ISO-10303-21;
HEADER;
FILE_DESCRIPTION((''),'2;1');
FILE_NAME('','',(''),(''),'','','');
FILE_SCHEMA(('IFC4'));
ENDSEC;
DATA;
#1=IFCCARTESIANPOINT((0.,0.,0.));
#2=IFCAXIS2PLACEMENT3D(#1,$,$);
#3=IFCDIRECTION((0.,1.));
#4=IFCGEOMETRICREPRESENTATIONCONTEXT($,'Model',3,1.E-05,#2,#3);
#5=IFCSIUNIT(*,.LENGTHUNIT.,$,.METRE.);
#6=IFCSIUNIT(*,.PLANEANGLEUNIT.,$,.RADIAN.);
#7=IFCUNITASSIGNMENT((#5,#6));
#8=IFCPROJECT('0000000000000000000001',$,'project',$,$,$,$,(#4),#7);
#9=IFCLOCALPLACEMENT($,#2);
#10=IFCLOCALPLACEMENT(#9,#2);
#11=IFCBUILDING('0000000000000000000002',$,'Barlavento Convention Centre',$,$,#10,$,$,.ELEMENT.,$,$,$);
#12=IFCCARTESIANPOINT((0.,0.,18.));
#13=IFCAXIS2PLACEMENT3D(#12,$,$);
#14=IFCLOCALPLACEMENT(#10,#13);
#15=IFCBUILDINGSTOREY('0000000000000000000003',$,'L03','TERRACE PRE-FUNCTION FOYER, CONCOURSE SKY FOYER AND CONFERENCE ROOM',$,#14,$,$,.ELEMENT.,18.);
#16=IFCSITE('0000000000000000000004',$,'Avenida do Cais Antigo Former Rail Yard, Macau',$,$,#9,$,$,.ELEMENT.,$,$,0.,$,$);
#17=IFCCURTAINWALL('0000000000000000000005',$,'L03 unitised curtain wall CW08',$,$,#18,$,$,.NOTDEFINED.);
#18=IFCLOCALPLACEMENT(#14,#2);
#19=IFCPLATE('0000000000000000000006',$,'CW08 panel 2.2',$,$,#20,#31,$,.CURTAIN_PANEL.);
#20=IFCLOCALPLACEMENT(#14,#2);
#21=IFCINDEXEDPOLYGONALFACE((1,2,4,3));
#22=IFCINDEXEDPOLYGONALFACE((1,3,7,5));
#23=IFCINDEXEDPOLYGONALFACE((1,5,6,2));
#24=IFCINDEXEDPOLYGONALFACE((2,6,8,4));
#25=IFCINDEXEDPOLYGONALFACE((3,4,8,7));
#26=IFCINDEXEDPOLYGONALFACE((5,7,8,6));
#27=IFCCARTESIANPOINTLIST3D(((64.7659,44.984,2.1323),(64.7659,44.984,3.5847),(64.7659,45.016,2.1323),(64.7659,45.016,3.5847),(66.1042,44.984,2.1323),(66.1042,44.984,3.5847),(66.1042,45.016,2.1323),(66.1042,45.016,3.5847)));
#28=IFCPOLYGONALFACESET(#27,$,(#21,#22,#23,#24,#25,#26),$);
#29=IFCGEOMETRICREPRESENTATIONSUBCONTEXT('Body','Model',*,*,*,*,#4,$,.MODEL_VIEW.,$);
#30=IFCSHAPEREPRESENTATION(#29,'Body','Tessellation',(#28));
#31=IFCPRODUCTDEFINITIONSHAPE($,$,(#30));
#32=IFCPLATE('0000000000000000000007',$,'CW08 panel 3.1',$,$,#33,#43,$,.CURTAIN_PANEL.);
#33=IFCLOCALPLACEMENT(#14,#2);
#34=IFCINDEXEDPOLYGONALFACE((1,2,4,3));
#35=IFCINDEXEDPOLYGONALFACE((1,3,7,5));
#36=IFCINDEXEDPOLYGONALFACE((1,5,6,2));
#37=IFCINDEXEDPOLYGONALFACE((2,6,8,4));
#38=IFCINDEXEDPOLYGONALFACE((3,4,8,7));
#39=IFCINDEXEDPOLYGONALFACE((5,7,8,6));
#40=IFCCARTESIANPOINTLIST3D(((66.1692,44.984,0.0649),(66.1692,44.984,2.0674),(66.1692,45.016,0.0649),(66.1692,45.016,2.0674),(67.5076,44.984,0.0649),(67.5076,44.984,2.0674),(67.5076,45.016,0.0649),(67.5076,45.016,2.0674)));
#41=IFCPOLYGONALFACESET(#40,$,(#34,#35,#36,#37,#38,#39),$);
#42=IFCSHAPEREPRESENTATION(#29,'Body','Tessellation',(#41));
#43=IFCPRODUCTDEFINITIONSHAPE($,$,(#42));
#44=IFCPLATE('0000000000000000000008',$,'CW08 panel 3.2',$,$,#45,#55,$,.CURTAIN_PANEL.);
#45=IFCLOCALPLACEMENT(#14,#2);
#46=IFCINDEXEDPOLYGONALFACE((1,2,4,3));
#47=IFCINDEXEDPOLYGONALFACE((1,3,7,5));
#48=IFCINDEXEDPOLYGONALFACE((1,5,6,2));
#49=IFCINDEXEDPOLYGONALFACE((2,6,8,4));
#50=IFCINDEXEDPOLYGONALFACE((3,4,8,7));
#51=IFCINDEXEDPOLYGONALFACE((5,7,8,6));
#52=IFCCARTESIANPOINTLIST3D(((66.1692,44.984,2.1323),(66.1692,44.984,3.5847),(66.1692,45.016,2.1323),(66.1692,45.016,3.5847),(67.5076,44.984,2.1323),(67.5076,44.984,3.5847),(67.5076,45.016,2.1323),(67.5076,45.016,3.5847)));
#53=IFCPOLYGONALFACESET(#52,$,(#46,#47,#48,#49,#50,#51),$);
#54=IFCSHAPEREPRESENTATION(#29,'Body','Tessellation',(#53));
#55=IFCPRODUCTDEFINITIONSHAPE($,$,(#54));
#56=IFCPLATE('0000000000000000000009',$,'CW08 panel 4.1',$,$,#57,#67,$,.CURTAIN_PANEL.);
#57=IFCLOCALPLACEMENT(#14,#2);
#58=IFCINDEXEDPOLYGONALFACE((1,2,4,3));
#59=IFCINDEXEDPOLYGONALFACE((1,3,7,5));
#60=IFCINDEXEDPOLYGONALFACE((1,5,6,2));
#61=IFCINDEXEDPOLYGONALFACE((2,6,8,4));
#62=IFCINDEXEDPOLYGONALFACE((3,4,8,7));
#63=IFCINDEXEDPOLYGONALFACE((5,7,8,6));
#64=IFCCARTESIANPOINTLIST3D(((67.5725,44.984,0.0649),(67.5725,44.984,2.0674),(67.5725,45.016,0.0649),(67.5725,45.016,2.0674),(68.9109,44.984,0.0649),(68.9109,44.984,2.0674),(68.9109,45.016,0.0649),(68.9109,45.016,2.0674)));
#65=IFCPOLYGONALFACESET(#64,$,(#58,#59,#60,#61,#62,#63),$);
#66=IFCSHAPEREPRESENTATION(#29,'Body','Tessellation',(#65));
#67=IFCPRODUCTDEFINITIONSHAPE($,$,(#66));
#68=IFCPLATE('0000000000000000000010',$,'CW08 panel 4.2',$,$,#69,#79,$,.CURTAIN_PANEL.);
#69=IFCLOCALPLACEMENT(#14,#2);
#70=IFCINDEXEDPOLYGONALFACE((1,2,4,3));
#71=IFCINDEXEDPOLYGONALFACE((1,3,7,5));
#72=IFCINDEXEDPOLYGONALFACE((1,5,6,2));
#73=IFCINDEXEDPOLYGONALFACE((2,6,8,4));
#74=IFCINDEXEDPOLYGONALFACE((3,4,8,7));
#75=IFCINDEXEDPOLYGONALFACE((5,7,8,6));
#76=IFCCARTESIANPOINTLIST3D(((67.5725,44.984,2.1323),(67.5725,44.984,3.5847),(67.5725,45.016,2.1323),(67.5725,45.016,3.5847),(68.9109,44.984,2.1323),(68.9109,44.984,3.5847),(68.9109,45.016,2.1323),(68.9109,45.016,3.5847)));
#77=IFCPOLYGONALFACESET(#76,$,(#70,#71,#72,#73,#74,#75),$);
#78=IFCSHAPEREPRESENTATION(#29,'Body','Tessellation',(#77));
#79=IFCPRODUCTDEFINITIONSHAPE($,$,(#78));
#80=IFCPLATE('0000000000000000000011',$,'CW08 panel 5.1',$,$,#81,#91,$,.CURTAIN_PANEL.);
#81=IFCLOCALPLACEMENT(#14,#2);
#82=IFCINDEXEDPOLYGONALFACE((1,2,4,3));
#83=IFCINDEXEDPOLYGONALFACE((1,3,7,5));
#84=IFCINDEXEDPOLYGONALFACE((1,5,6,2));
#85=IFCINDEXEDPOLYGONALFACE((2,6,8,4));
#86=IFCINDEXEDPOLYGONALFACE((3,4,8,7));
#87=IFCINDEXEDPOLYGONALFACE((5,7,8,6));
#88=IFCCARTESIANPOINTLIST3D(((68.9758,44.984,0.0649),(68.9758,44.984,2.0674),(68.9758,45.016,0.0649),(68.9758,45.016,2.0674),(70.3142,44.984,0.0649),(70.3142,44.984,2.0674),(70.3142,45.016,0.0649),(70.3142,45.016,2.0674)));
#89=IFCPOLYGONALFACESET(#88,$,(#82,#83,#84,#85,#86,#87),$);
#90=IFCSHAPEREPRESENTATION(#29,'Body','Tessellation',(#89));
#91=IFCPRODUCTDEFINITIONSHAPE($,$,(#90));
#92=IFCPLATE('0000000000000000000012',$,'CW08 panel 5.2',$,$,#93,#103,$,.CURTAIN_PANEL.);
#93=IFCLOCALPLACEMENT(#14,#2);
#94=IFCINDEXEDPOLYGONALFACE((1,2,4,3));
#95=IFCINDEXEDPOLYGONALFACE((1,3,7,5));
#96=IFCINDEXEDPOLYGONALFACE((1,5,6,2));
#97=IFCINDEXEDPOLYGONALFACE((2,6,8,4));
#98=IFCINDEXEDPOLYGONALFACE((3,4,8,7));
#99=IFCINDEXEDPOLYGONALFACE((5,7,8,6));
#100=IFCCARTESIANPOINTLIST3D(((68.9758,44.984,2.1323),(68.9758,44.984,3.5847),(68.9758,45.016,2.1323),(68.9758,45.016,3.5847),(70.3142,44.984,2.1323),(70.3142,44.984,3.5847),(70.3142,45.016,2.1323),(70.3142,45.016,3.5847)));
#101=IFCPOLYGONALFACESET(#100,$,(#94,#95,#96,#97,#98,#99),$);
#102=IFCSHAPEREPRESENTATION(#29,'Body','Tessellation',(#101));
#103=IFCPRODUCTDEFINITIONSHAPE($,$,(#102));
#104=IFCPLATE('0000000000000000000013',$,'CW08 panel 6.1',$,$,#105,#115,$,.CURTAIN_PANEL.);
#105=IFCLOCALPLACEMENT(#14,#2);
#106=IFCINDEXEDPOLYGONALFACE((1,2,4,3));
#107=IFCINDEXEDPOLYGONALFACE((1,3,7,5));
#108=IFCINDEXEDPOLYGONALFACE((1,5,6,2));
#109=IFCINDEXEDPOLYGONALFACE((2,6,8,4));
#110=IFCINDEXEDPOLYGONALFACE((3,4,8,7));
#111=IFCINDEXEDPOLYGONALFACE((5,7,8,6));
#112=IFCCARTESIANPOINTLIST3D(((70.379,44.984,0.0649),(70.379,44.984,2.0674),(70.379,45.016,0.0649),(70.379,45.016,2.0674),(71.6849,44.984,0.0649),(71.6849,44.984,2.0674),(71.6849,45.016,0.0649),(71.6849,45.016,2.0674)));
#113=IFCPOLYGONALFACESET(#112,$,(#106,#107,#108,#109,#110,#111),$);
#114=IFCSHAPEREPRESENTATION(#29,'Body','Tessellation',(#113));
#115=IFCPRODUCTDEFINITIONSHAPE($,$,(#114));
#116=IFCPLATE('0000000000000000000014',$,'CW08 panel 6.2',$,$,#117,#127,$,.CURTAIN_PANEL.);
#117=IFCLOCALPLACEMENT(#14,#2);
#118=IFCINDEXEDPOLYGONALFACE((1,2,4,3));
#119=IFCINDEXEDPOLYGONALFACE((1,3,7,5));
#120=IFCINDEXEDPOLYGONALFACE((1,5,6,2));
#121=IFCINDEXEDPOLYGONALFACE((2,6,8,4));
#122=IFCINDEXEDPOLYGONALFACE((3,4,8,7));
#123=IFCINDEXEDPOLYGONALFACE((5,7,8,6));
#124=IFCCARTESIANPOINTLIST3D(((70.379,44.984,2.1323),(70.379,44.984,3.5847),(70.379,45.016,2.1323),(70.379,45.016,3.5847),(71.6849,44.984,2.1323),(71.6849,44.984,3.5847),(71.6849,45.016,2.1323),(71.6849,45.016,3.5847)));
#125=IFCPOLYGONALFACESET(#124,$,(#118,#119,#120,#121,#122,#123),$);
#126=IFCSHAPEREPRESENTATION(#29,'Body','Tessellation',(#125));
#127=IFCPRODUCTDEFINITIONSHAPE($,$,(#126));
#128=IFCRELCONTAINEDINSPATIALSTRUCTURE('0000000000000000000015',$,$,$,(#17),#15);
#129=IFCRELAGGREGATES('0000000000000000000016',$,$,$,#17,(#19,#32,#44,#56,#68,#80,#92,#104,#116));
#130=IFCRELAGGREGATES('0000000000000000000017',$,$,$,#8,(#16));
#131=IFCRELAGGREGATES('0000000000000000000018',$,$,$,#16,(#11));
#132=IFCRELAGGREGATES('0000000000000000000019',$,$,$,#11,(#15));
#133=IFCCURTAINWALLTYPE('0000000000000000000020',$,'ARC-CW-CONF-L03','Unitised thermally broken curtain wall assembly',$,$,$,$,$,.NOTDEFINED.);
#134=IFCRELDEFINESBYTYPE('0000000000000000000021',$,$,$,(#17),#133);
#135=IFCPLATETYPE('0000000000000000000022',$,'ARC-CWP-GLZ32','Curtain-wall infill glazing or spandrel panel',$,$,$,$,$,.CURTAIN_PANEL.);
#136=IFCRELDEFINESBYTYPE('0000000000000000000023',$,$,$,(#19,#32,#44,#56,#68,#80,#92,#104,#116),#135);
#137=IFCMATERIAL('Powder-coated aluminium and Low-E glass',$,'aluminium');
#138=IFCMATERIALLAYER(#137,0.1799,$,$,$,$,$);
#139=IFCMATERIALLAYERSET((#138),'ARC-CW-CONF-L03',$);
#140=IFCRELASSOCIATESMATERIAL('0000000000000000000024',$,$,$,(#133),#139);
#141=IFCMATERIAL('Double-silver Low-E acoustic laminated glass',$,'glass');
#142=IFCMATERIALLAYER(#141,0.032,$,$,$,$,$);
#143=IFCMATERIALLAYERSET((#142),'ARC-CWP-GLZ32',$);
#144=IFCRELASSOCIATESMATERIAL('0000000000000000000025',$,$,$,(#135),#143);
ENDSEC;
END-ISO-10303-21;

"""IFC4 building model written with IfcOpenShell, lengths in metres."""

from ifc_helpers import new_model, si_unit, direction, frame, origin, origin_2d, place, context, subcontext, project, spatial, rectangle, extrude, material, layer, layer_set, type_object, element, aggregate, save


model = new_model("IFC4")

# Units and contexts
model_context = context("Model", 3, precision=1e-05, world=origin(), true_north=direction((0.0, 1.0)))
body_context = subcontext(model_context, "Body", "Model", "MODEL_VIEW")
ifc_project = project(units=[si_unit("LENGTHUNIT", "METRE"), si_unit("PLANEANGLEUNIT", "RADIAN")], contexts=[model_context])

# Site, building, storey
site_placement = place(None, origin())
site = spatial("IfcSite", under=ifc_project, at=site_placement, Name="Avenida do Cais Antigo Former Rail Yard, Macau", CompositionType="ELEMENT", RefElevation=0.0)
building_placement = place(site_placement, origin())
building = spatial("IfcBuilding", under=site, at=building_placement, Name="Barlavento Convention Centre", CompositionType="ELEMENT")
storey_placement = place(building_placement, frame((0.0, 0.0, 18.0)))
storey = spatial("IfcBuildingStorey", under=building, at=storey_placement, Name="L03", Description="TERRACE PRE-FUNCTION FOYER, CONCOURSE SKY FOYER AND CONFERENCE ROOM", CompositionType="ELEMENT", Elevation=18.0)

# Curtain wall, plates
ifc_material_1 = material(Name="Powder-coated aluminium and Low-E glass", Category="aluminium")
ifc_layer_1 = layer(ifc_material_1, 0.1799)
ifc_layer_set_1 = layer_set([ifc_layer_1], Name="ARC-CW-CONF-L03")
curtain_wall_type = type_object("IfcCurtainWallType", Name="ARC-CW-CONF-L03", Description="Unitised thermally broken curtain wall assembly", PredefinedType="NOTDEFINED", material=ifc_layer_set_1)
curtain_wall_placement = place(storey_placement, origin())
curtain_wall = element("IfcCurtainWall", 1, at=curtain_wall_placement, inside=storey, type_object=curtain_wall_type, Name="L03 unitised curtain wall CW08", PredefinedType="NOTDEFINED")
ifc_material_2 = material(Name="Double-silver Low-E acoustic laminated glass", Category="glass")
ifc_layer_2 = layer(ifc_material_2, 0.032)
ifc_layer_set_2 = layer_set([ifc_layer_2], Name="ARC-CWP-GLZ32")
plate_type = type_object("IfcPlateType", Name="ARC-CWP-GLZ32", Description="Curtain-wall infill glazing or spandrel panel", PredefinedType="CURTAIN_PANEL", material=ifc_layer_set_2)
plate_1_placement = place(storey_placement, frame((65.4351, 45.0, 2.1323), z_axis=(0.0, 0.0, 1.0), x_axis=(1.0, 0.0, 0.0)))
plate_1 = element("IfcPlate", 2, at=plate_1_placement, type_object=plate_type, Name="CW08 panel 2.2", PredefinedType="CURTAIN_PANEL", context=body_context, shape_type="SweptSolid", body=[
    extrude(rectangle(XDim=1.3384, YDim=0.032, at=origin_2d()), origin(), (0.0, 0.0, 1.0), 1.4524),
])
plate_2_placement = place(storey_placement, frame((66.8384, 45.0, 0.0649), z_axis=(0.0, 0.0, 1.0), x_axis=(1.0, 0.0, 0.0)))
plate_2 = element("IfcPlate", 3, at=plate_2_placement, type_object=plate_type, Name="CW08 panel 3.1", PredefinedType="CURTAIN_PANEL", context=body_context, shape_type="SweptSolid", body=[
    extrude(rectangle(XDim=1.3384, YDim=0.032, at=origin_2d()), origin(), (0.0, 0.0, 1.0), 2.0024),
])
plate_3_placement = place(storey_placement, frame((66.8384, 45.0, 2.1323), z_axis=(0.0, 0.0, 1.0), x_axis=(1.0, 0.0, 0.0)))
plate_3 = element("IfcPlate", 4, at=plate_3_placement, type_object=plate_type, Name="CW08 panel 3.2", PredefinedType="CURTAIN_PANEL", context=body_context, shape_type="SweptSolid", body=[
    extrude(rectangle(XDim=1.3384, YDim=0.032, at=origin_2d()), origin(), (0.0, 0.0, 1.0), 1.4524),
])
plate_4_placement = place(storey_placement, frame((68.2417, 45.0, 0.0649), z_axis=(0.0, 0.0, 1.0), x_axis=(1.0, 0.0, 0.0)))
plate_4 = element("IfcPlate", 5, at=plate_4_placement, type_object=plate_type, Name="CW08 panel 4.1", PredefinedType="CURTAIN_PANEL", context=body_context, shape_type="SweptSolid", body=[
    extrude(rectangle(XDim=1.3384, YDim=0.032, at=origin_2d()), origin(), (0.0, 0.0, 1.0), 2.0024),
])
plate_5_placement = place(storey_placement, frame((68.2417, 45.0, 2.1323), z_axis=(0.0, 0.0, 1.0), x_axis=(1.0, 0.0, 0.0)))
plate_5 = element("IfcPlate", 6, at=plate_5_placement, type_object=plate_type, Name="CW08 panel 4.2", PredefinedType="CURTAIN_PANEL", context=body_context, shape_type="SweptSolid", body=[
    extrude(rectangle(XDim=1.3384, YDim=0.032, at=origin_2d()), origin(), (0.0, 0.0, 1.0), 1.4524),
])
plate_6_placement = place(storey_placement, frame((69.645, 45.0, 0.0649), z_axis=(0.0, 0.0, 1.0), x_axis=(1.0, 0.0, 0.0)))
plate_6 = element("IfcPlate", 7, at=plate_6_placement, type_object=plate_type, Name="CW08 panel 5.1", PredefinedType="CURTAIN_PANEL", context=body_context, shape_type="SweptSolid", body=[
    extrude(rectangle(XDim=1.3384, YDim=0.032, at=origin_2d()), origin(), (0.0, 0.0, 1.0), 2.0024),
])
plate_7_placement = place(storey_placement, frame((69.645, 45.0, 2.1323), z_axis=(0.0, 0.0, 1.0), x_axis=(1.0, 0.0, 0.0)))
plate_7 = element("IfcPlate", 8, at=plate_7_placement, type_object=plate_type, Name="CW08 panel 5.2", PredefinedType="CURTAIN_PANEL", context=body_context, shape_type="SweptSolid", body=[
    extrude(rectangle(XDim=1.3384, YDim=0.032, at=origin_2d()), origin(), (0.0, 0.0, 1.0), 1.4524),
])
plate_8_placement = place(storey_placement, frame((71.032, 45.0, 0.0649), z_axis=(0.0, 0.0, 1.0), x_axis=(1.0, 0.0, 0.0)))
plate_8 = element("IfcPlate", 9, at=plate_8_placement, type_object=plate_type, Name="CW08 panel 6.1", PredefinedType="CURTAIN_PANEL", context=body_context, shape_type="SweptSolid", body=[
    extrude(rectangle(XDim=1.3059, YDim=0.032, at=origin_2d()), origin(), (0.0, 0.0, 1.0), 2.0024),
])
plate_9_placement = place(storey_placement, frame((71.032, 45.0, 2.1323), z_axis=(0.0, 0.0, 1.0), x_axis=(1.0, 0.0, 0.0)))
plate_9 = element("IfcPlate", 10, at=plate_9_placement, type_object=plate_type, Name="CW08 panel 6.2", PredefinedType="CURTAIN_PANEL", context=body_context, shape_type="SweptSolid", body=[
    extrude(rectangle(XDim=1.3059, YDim=0.032, at=origin_2d()), origin(), (0.0, 0.0, 1.0), 1.4524),
])
aggregate(curtain_wall, [plate_1, plate_2, plate_3, plate_4, plate_5, plate_6, plate_7, plate_8, plate_9])

save(model, "model.ifc")
